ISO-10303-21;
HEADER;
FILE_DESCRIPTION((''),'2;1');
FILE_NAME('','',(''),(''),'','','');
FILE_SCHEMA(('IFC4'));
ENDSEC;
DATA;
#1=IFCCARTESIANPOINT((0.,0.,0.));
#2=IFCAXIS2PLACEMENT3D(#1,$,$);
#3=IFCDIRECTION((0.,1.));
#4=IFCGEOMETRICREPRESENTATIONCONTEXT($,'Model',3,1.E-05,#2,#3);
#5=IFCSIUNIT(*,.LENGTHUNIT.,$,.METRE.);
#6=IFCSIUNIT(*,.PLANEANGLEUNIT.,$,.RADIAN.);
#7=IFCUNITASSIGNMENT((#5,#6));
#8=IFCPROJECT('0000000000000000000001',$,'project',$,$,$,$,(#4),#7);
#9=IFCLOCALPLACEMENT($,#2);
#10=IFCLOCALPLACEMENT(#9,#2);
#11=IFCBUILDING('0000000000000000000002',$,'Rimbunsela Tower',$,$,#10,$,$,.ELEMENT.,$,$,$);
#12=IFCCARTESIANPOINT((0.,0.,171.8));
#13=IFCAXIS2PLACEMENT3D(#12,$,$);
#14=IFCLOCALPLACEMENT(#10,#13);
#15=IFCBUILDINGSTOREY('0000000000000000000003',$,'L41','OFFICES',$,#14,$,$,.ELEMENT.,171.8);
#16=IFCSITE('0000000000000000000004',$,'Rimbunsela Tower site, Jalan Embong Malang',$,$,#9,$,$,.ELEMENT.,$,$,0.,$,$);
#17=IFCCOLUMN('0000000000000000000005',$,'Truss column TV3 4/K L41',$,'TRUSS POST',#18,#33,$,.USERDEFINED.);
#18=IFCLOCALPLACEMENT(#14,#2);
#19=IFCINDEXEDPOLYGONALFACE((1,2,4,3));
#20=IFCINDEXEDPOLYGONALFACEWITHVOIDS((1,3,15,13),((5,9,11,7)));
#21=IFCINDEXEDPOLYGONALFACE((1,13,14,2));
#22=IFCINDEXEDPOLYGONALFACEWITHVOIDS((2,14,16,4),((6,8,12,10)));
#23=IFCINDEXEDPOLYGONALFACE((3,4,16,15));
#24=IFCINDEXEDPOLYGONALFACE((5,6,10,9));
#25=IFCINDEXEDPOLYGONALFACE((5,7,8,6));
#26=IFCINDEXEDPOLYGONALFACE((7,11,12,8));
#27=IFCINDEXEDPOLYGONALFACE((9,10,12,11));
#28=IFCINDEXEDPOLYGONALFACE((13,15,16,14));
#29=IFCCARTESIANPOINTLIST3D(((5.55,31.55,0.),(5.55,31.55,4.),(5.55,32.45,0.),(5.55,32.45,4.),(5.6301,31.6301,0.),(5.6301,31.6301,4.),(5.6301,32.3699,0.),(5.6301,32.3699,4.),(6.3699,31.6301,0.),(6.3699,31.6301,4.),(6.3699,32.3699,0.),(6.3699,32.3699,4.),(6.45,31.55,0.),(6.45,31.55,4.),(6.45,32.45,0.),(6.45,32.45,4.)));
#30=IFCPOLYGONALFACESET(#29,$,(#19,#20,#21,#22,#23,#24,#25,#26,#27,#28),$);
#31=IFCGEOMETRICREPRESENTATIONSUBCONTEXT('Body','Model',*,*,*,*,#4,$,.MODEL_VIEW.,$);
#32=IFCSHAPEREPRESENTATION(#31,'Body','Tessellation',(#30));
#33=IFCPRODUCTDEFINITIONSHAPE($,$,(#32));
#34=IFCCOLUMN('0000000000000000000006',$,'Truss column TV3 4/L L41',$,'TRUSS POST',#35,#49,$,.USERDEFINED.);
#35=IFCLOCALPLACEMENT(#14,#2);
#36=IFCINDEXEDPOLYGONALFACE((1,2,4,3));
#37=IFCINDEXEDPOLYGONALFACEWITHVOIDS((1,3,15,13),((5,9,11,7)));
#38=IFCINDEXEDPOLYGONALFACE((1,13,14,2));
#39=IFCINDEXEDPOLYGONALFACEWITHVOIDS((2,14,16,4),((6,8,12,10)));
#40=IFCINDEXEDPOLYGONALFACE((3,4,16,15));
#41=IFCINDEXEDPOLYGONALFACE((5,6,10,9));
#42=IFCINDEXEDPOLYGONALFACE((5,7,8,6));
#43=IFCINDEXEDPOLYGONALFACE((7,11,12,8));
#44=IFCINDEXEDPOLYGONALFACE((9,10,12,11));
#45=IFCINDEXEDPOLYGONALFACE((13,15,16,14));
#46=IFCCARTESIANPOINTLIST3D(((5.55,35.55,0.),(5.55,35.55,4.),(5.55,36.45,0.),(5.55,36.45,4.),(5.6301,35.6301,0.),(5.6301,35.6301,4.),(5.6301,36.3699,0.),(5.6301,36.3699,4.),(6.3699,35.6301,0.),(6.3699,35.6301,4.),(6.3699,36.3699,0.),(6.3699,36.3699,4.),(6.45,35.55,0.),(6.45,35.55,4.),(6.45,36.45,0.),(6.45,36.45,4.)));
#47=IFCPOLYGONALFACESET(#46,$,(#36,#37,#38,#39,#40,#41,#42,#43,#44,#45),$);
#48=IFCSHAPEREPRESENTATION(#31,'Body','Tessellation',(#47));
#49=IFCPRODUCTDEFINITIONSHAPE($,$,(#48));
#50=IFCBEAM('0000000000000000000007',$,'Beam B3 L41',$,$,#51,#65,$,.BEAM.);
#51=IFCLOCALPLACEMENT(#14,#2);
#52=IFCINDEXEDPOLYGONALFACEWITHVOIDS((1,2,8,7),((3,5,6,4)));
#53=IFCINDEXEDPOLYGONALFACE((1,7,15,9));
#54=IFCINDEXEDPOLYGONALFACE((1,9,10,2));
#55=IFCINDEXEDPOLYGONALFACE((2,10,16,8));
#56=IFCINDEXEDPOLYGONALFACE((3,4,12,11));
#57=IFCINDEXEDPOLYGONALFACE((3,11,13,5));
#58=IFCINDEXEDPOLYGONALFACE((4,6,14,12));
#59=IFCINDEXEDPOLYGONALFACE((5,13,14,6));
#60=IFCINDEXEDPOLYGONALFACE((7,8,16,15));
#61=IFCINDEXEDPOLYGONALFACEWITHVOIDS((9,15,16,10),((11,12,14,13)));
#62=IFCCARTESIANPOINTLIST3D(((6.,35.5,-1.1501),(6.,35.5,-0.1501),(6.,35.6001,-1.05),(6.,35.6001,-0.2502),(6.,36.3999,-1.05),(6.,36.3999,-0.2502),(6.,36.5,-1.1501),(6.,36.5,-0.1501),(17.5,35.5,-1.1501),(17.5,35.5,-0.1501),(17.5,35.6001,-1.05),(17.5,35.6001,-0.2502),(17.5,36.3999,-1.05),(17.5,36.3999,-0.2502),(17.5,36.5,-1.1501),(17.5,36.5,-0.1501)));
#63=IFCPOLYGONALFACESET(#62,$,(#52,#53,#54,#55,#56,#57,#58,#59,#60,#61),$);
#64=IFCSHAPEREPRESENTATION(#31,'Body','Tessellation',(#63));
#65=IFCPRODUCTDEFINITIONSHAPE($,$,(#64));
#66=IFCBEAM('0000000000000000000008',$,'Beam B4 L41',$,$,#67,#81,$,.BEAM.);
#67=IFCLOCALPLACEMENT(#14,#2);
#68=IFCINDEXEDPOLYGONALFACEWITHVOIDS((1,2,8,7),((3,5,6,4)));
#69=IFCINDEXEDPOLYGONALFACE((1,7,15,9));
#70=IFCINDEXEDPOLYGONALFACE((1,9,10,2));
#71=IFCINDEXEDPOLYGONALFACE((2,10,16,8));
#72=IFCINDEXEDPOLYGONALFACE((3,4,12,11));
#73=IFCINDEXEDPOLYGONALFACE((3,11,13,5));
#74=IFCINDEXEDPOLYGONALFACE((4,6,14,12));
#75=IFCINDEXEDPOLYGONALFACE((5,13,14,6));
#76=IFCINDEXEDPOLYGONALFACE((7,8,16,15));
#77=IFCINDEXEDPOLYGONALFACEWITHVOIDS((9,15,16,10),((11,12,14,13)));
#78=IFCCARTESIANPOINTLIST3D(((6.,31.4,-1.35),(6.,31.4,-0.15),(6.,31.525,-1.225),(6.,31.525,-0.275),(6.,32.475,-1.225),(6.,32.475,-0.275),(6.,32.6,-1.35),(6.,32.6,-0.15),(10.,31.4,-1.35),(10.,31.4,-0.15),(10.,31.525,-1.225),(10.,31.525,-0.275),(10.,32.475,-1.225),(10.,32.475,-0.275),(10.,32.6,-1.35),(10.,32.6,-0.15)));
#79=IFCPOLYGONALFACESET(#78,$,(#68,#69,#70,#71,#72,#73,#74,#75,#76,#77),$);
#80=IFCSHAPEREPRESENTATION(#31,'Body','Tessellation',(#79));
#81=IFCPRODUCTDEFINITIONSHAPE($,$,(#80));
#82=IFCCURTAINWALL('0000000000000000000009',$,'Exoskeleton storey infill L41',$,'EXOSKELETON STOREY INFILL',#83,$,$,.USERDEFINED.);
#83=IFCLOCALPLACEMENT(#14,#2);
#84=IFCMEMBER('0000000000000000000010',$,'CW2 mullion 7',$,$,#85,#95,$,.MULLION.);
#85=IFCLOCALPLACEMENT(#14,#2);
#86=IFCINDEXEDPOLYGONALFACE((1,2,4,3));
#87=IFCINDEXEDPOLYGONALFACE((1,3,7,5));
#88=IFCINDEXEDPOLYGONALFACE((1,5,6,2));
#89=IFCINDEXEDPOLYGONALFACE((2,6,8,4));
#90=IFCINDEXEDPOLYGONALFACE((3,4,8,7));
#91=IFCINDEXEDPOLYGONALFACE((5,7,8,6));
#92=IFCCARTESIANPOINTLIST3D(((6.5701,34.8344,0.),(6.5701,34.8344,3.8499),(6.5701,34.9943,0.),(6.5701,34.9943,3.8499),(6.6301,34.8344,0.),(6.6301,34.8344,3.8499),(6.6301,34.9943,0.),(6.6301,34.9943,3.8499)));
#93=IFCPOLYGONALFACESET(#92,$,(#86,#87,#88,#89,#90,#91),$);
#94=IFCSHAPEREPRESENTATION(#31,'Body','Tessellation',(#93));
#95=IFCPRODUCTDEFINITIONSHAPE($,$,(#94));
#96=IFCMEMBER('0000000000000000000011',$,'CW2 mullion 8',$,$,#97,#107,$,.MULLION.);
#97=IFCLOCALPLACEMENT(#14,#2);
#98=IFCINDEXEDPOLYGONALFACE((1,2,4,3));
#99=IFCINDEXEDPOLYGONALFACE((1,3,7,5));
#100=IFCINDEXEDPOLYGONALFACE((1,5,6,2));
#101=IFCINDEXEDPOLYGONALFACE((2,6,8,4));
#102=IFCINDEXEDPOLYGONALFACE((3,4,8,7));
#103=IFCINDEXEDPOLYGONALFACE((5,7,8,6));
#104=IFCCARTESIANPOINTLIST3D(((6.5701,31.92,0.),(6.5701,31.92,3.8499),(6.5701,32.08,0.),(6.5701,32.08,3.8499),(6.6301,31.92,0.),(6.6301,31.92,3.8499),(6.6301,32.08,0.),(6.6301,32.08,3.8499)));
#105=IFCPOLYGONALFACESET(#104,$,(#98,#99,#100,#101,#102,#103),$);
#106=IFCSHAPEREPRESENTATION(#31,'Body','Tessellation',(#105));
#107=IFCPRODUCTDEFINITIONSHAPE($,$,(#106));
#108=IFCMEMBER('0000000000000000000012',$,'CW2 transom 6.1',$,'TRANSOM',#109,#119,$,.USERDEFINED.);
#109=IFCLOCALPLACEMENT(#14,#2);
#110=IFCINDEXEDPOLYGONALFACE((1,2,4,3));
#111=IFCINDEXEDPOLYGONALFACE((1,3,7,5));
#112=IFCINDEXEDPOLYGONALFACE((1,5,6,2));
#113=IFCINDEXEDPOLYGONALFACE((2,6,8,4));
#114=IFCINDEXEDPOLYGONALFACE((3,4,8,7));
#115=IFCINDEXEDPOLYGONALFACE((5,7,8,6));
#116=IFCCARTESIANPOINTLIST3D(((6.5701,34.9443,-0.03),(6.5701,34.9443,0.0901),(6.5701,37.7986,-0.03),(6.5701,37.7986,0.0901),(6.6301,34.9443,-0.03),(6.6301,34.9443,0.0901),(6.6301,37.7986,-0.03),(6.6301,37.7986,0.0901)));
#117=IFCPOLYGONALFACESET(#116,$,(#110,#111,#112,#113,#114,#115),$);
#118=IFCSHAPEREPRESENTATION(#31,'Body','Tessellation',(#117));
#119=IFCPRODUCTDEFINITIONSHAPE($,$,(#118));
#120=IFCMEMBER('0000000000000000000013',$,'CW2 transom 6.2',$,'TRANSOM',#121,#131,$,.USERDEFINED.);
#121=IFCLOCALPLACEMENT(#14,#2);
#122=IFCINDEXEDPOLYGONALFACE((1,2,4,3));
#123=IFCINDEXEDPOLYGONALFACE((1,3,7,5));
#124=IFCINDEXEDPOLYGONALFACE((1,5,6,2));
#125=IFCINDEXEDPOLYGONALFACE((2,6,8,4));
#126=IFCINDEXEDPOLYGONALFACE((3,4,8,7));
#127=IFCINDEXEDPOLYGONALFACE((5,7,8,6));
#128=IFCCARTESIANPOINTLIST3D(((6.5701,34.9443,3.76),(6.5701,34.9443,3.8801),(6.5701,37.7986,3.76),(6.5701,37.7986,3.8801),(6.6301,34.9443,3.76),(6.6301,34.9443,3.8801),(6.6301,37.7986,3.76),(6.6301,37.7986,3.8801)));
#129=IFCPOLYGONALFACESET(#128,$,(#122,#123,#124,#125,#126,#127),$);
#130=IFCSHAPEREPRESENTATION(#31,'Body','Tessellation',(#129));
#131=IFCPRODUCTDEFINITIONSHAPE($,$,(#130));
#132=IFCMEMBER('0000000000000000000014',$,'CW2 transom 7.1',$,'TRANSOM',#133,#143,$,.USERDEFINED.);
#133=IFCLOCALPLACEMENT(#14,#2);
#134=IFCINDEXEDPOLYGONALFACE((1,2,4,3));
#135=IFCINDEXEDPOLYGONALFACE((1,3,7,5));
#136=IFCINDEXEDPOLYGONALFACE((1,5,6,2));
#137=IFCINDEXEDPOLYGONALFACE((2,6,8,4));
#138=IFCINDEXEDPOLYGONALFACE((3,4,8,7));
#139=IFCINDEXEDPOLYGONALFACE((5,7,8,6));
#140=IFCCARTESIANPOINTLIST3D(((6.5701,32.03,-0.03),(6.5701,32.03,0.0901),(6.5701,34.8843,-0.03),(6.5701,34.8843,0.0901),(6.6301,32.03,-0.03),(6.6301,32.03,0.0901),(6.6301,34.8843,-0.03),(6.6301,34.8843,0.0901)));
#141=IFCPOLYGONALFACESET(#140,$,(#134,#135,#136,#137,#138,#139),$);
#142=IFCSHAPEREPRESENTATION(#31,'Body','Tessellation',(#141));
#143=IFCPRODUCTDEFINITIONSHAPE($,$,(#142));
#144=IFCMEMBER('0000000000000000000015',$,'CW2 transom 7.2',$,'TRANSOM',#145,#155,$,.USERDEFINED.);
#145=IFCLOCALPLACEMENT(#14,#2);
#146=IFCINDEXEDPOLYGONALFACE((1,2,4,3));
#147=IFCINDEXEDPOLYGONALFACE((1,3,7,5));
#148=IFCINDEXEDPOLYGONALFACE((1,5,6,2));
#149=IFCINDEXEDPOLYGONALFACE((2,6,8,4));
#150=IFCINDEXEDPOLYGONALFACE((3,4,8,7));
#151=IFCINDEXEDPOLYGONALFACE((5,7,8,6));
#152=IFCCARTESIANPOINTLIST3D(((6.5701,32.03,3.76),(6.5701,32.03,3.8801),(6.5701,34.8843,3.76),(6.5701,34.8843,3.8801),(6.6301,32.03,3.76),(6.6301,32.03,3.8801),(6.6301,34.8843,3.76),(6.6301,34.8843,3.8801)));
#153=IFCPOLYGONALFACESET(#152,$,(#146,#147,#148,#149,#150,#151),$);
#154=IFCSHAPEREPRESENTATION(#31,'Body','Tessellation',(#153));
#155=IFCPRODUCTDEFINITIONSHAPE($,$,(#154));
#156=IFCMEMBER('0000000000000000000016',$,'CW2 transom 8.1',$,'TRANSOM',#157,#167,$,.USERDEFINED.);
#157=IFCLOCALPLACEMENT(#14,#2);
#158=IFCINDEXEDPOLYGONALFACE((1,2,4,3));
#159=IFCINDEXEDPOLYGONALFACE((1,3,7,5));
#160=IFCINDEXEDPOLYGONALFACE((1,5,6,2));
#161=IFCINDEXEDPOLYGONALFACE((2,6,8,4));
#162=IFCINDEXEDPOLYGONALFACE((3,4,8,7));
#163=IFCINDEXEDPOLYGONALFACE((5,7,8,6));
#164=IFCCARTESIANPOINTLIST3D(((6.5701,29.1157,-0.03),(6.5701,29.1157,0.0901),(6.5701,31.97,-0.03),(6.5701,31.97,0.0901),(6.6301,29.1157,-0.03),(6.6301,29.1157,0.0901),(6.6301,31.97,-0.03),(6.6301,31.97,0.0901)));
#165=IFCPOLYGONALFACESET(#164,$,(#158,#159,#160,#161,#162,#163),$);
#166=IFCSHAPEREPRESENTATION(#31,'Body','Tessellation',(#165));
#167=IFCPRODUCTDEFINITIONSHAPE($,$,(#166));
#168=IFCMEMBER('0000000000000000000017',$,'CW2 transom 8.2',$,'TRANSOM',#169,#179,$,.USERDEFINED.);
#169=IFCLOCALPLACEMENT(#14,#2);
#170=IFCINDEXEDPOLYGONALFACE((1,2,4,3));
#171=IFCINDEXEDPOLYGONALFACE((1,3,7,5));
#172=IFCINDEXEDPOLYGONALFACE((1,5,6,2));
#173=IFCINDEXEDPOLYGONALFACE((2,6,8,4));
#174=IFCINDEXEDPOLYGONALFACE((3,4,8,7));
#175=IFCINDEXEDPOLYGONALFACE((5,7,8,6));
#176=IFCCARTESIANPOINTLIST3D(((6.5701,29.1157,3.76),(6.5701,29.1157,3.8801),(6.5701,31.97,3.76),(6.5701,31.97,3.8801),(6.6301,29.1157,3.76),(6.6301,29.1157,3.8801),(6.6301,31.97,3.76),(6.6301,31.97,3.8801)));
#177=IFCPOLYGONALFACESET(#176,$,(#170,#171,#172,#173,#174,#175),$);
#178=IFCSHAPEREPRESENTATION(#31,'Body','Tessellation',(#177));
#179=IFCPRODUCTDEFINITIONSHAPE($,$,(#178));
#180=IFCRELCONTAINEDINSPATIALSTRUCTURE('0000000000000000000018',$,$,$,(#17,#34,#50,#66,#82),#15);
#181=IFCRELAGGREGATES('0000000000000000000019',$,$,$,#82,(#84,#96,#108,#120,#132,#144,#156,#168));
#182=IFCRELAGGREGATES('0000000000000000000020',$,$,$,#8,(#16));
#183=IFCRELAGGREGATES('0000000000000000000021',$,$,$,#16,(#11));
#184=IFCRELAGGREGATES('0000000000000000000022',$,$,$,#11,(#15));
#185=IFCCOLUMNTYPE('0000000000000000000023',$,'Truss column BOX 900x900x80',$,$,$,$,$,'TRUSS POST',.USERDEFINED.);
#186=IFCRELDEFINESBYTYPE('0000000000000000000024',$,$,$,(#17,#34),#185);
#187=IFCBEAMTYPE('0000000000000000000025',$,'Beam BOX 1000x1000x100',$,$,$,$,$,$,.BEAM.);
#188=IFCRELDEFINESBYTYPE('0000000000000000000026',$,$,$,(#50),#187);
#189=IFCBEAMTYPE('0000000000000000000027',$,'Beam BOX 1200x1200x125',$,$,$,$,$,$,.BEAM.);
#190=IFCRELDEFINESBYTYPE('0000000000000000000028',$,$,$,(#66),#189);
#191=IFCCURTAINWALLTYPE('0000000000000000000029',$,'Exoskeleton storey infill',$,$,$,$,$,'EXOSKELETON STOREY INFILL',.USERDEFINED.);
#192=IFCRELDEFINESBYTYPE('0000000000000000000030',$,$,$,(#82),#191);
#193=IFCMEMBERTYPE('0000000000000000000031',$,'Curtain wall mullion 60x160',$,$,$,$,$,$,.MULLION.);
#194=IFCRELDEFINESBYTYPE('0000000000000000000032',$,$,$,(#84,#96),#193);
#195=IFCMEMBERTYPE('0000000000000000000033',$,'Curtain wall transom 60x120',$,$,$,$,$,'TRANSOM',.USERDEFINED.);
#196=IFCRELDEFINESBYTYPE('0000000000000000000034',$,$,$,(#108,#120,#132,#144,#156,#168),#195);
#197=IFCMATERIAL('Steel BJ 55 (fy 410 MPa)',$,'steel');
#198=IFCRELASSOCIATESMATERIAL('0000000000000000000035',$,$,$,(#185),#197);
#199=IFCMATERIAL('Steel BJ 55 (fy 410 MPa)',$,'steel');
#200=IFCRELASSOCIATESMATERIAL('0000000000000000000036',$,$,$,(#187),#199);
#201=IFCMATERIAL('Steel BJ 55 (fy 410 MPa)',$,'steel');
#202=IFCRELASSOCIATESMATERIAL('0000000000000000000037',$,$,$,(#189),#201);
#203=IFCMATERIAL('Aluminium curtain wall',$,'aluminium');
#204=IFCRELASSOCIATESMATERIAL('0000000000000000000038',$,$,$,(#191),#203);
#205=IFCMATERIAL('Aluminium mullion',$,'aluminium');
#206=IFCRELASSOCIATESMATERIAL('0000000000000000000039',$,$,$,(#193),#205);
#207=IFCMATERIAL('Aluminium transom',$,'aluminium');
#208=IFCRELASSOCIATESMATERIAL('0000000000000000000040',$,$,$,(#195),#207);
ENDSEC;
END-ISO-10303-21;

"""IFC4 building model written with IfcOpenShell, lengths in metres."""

from ifc_helpers import new_model, si_unit, direction, frame, origin, origin_2d, place, context, subcontext, project, spatial, rectangle, hollow_rectangle, extrude, material, material_profile, profile_set, type_object, element, aggregate, save


model = new_model("IFC4")

# Units and contexts
model_context = context("Model", 3, precision=1e-05, world=origin(), true_north=direction((0.0, 1.0)))
body_context = subcontext(model_context, "Body", "Model", "MODEL_VIEW")
ifc_project = project(units=[si_unit("LENGTHUNIT", "METRE"), si_unit("PLANEANGLEUNIT", "RADIAN")], contexts=[model_context])

# Site, building, storey
site_placement = place(None, origin())
site = spatial("IfcSite", under=ifc_project, at=site_placement, Name="Rimbunsela Tower site, Jalan Embong Malang", CompositionType="ELEMENT", RefElevation=0.0)
building_placement = place(site_placement, origin())
building = spatial("IfcBuilding", under=site, at=building_placement, Name="Rimbunsela Tower", CompositionType="ELEMENT")
storey_placement = place(building_placement, frame((0.0, 0.0, 171.8)))
storey = spatial("IfcBuildingStorey", under=building, at=storey_placement, Name="L41", Description="OFFICES", CompositionType="ELEMENT", Elevation=171.8)

# Columns
ifc_material_1 = material(Name="Steel BJ 55 (fy 410 MPa)", Category="steel")
ifc_material_profile_1 = material_profile(ifc_material_1, hollow_rectangle(XDim=0.8999, YDim=0.8999, WallThickness=0.0801, at=origin_2d()), Name="BOX 900x900x80")
ifc_profile_set_1 = profile_set([ifc_material_profile_1], Name="Steel BJ 55 (fy 410 MPa)")
column_type = type_object("IfcColumnType", Name="Truss column BOX 900x900x80", ElementType="TRUSS POST", PredefinedType="USERDEFINED", material=ifc_profile_set_1)
for number, where, z_axis, x_axis, name in (
    (1, (6.0, 32.0, 0.0), (0.0, 0.0, 1.0), (1.0, 0.0, 0.0), "Truss column TV3 4/K L41"),
    (2, (6.0, 36.0, 0.0), (0.0, 0.0, 1.0), (1.0, 0.0, 0.0), "Truss column TV3 4/L L41"),
):
    element("IfcColumn", number, at=place(storey_placement, frame(where, z_axis=z_axis, x_axis=x_axis)), inside=storey, type_object=column_type, Name=name, ObjectType="TRUSS POST", PredefinedType="USERDEFINED", context=body_context, shape_type="SweptSolid", body=[
        extrude(hollow_rectangle(XDim=0.8999, YDim=0.8999, WallThickness=0.0801, at=origin_2d()), origin(), (0.0, 0.0, 1.0), 4.0),
    ])

# Beams
ifc_material_2 = material(Name="Steel BJ 55 (fy 410 MPa)", Category="steel")
ifc_material_profile_2 = material_profile(ifc_material_2, hollow_rectangle(XDim=1.0, YDim=1.0, WallThickness=0.1001, at=origin_2d()), Name="BOX 1000x1000x100")
ifc_profile_set_2 = profile_set([ifc_material_profile_2], Name="Steel BJ 55 (fy 410 MPa)")
beam_type_1 = type_object("IfcBeamType", Name="Beam BOX 1000x1000x100", PredefinedType="BEAM", material=ifc_profile_set_2)
beam_1_placement = place(storey_placement, frame((6.0, 36.0, -0.6501), z_axis=(1.0, 0.0, 0.0), x_axis=(0.0, 1.0, 0.0)))
element("IfcBeam", 3, at=beam_1_placement, inside=storey, type_object=beam_type_1, Name="Beam B3 L41", PredefinedType="BEAM", context=body_context, shape_type="SweptSolid", body=[
    extrude(hollow_rectangle(XDim=1.0, YDim=1.0, WallThickness=0.1001, at=origin_2d()), origin(), (0.0, 0.0, 1.0), 11.5),
])
ifc_material_3 = material(Name="Steel BJ 55 (fy 410 MPa)", Category="steel")
ifc_material_profile_3 = material_profile(ifc_material_3, hollow_rectangle(XDim=1.2, YDim=1.2, WallThickness=0.125, at=origin_2d()), Name="BOX 1200x1200x125")
ifc_profile_set_3 = profile_set([ifc_material_profile_3], Name="Steel BJ 55 (fy 410 MPa)")
beam_type_2 = type_object("IfcBeamType", Name="Beam BOX 1200x1200x125", PredefinedType="BEAM", material=ifc_profile_set_3)
beam_2_placement = place(storey_placement, frame((6.0, 32.0, -0.75), z_axis=(1.0, 0.0, 0.0), x_axis=(0.0, 1.0, 0.0)))
element("IfcBeam", 4, at=beam_2_placement, inside=storey, type_object=beam_type_2, Name="Beam B4 L41", PredefinedType="BEAM", context=body_context, shape_type="SweptSolid", body=[
    extrude(hollow_rectangle(XDim=1.2, YDim=1.2, WallThickness=0.125, at=origin_2d()), origin(), (0.0, 0.0, 1.0), 4.0),
])

# Curtain wall, members
ifc_material_4 = material(Name="Aluminium curtain wall", Category="aluminium")
curtain_wall_type = type_object("IfcCurtainWallType", Name="Exoskeleton storey infill", ElementType="EXOSKELETON STOREY INFILL", PredefinedType="USERDEFINED", material=ifc_material_4)
curtain_wall_placement = place(storey_placement, origin())
curtain_wall = element("IfcCurtainWall", 5, at=curtain_wall_placement, inside=storey, type_object=curtain_wall_type, Name="Exoskeleton storey infill L41", ObjectType="EXOSKELETON STOREY INFILL", PredefinedType="USERDEFINED")
ifc_material_5 = material(Name="Aluminium mullion", Category="aluminium")
ifc_material_profile_4 = material_profile(ifc_material_5, rectangle(XDim=0.0601, YDim=0.1599, at=origin_2d()), Name="Mullion 60x160")
ifc_profile_set_4 = profile_set([ifc_material_profile_4], Name="Aluminium mullion")
member_type_1 = type_object("IfcMemberType", Name="Curtain wall mullion 60x160", PredefinedType="MULLION", material=ifc_profile_set_4)
member_1_placement = place(storey_placement, frame((6.6001, 34.9143, 0.0), z_axis=(0.0, 0.0, 1.0), x_axis=(1.0, 0.0, 0.0)))
member_1 = element("IfcMember", 6, at=member_1_placement, type_object=member_type_1, Name="CW2 mullion 7", PredefinedType="MULLION", context=body_context, shape_type="SweptSolid", body=[
    extrude(rectangle(XDim=0.0601, YDim=0.1599, at=origin_2d()), origin(), (0.0, 0.0, 1.0), 3.8499),
])
member_2_placement = place(storey_placement, frame((6.6001, 32.0, 0.0), z_axis=(0.0, 0.0, 1.0), x_axis=(1.0, 0.0, 0.0)))
member_2 = element("IfcMember", 7, at=member_2_placement, type_object=member_type_1, Name="CW2 mullion 8", PredefinedType="MULLION", context=body_context, shape_type="SweptSolid", body=[
    extrude(rectangle(XDim=0.0601, YDim=0.1599, at=origin_2d()), origin(), (0.0, 0.0, 1.0), 3.8499),
])
ifc_material_6 = material(Name="Aluminium transom", Category="aluminium")
ifc_material_profile_5 = material_profile(ifc_material_6, rectangle(XDim=0.0601, YDim=0.1201, at=origin_2d()), Name="Transom 60x120")
ifc_profile_set_5 = profile_set([ifc_material_profile_5], Name="Aluminium transom")
member_type_2 = type_object("IfcMemberType", Name="Curtain wall transom 60x120", ElementType="TRANSOM", PredefinedType="USERDEFINED", material=ifc_profile_set_5)
member_3_placement = place(storey_placement, frame((6.6001, 37.7986, 0.03), z_axis=(0.0, -1.0, 0.0), x_axis=(1.0, 0.0, 0.0)))
member_3 = element("IfcMember", 8, at=member_3_placement, type_object=member_type_2, Name="CW2 transom 6.1", ObjectType="TRANSOM", PredefinedType="USERDEFINED", context=body_context, shape_type="SweptSolid", body=[
    extrude(rectangle(XDim=0.0601, YDim=0.1201, at=origin_2d()), origin(), (0.0, 0.0, 1.0), 2.8542),
])
member_4_placement = place(storey_placement, frame((6.6001, 37.7986, 3.8201), z_axis=(0.0, -1.0, 0.0), x_axis=(1.0, 0.0, 0.0)))
member_4 = element("IfcMember", 9, at=member_4_placement, type_object=member_type_2, Name="CW2 transom 6.2", ObjectType="TRANSOM", PredefinedType="USERDEFINED", context=body_context, shape_type="SweptSolid", body=[
    extrude(rectangle(XDim=0.0601, YDim=0.1201, at=origin_2d()), origin(), (0.0, 0.0, 1.0), 2.8542),
])
member_5_placement = place(storey_placement, frame((6.6001, 34.8843, 0.03), z_axis=(0.0, -1.0, 0.0), x_axis=(1.0, 0.0, 0.0)))
member_5 = element("IfcMember", 10, at=member_5_placement, type_object=member_type_2, Name="CW2 transom 7.1", ObjectType="TRANSOM", PredefinedType="USERDEFINED", context=body_context, shape_type="SweptSolid", body=[
    extrude(rectangle(XDim=0.0601, YDim=0.1201, at=origin_2d()), origin(), (0.0, 0.0, 1.0), 2.8542),
])
member_6_placement = place(storey_placement, frame((6.6001, 34.8843, 3.8201), z_axis=(0.0, -1.0, 0.0), x_axis=(1.0, 0.0, 0.0)))
member_6 = element("IfcMember", 11, at=member_6_placement, type_object=member_type_2, Name="CW2 transom 7.2", ObjectType="TRANSOM", PredefinedType="USERDEFINED", context=body_context, shape_type="SweptSolid", body=[
    extrude(rectangle(XDim=0.0601, YDim=0.1201, at=origin_2d()), origin(), (0.0, 0.0, 1.0), 2.8542),
])
member_7_placement = place(storey_placement, frame((6.6001, 31.97, 0.03), z_axis=(0.0, -1.0, 0.0), x_axis=(1.0, 0.0, 0.0)))
member_7 = element("IfcMember", 12, at=member_7_placement, type_object=member_type_2, Name="CW2 transom 8.1", ObjectType="TRANSOM", PredefinedType="USERDEFINED", context=body_context, shape_type="SweptSolid", body=[
    extrude(rectangle(XDim=0.0601, YDim=0.1201, at=origin_2d()), origin(), (0.0, 0.0, 1.0), 2.8542),
])
member_8_placement = place(storey_placement, frame((6.6001, 31.97, 3.8201), z_axis=(0.0, -1.0, 0.0), x_axis=(1.0, 0.0, 0.0)))
member_8 = element("IfcMember", 13, at=member_8_placement, type_object=member_type_2, Name="CW2 transom 8.2", ObjectType="TRANSOM", PredefinedType="USERDEFINED", context=body_context, shape_type="SweptSolid", body=[
    extrude(rectangle(XDim=0.0601, YDim=0.1201, at=origin_2d()), origin(), (0.0, 0.0, 1.0), 2.8542),
])

aggregate(curtain_wall, [member_1, member_2, member_3, member_4, member_5, member_6, member_7, member_8])

save(model, "model.ifc")
